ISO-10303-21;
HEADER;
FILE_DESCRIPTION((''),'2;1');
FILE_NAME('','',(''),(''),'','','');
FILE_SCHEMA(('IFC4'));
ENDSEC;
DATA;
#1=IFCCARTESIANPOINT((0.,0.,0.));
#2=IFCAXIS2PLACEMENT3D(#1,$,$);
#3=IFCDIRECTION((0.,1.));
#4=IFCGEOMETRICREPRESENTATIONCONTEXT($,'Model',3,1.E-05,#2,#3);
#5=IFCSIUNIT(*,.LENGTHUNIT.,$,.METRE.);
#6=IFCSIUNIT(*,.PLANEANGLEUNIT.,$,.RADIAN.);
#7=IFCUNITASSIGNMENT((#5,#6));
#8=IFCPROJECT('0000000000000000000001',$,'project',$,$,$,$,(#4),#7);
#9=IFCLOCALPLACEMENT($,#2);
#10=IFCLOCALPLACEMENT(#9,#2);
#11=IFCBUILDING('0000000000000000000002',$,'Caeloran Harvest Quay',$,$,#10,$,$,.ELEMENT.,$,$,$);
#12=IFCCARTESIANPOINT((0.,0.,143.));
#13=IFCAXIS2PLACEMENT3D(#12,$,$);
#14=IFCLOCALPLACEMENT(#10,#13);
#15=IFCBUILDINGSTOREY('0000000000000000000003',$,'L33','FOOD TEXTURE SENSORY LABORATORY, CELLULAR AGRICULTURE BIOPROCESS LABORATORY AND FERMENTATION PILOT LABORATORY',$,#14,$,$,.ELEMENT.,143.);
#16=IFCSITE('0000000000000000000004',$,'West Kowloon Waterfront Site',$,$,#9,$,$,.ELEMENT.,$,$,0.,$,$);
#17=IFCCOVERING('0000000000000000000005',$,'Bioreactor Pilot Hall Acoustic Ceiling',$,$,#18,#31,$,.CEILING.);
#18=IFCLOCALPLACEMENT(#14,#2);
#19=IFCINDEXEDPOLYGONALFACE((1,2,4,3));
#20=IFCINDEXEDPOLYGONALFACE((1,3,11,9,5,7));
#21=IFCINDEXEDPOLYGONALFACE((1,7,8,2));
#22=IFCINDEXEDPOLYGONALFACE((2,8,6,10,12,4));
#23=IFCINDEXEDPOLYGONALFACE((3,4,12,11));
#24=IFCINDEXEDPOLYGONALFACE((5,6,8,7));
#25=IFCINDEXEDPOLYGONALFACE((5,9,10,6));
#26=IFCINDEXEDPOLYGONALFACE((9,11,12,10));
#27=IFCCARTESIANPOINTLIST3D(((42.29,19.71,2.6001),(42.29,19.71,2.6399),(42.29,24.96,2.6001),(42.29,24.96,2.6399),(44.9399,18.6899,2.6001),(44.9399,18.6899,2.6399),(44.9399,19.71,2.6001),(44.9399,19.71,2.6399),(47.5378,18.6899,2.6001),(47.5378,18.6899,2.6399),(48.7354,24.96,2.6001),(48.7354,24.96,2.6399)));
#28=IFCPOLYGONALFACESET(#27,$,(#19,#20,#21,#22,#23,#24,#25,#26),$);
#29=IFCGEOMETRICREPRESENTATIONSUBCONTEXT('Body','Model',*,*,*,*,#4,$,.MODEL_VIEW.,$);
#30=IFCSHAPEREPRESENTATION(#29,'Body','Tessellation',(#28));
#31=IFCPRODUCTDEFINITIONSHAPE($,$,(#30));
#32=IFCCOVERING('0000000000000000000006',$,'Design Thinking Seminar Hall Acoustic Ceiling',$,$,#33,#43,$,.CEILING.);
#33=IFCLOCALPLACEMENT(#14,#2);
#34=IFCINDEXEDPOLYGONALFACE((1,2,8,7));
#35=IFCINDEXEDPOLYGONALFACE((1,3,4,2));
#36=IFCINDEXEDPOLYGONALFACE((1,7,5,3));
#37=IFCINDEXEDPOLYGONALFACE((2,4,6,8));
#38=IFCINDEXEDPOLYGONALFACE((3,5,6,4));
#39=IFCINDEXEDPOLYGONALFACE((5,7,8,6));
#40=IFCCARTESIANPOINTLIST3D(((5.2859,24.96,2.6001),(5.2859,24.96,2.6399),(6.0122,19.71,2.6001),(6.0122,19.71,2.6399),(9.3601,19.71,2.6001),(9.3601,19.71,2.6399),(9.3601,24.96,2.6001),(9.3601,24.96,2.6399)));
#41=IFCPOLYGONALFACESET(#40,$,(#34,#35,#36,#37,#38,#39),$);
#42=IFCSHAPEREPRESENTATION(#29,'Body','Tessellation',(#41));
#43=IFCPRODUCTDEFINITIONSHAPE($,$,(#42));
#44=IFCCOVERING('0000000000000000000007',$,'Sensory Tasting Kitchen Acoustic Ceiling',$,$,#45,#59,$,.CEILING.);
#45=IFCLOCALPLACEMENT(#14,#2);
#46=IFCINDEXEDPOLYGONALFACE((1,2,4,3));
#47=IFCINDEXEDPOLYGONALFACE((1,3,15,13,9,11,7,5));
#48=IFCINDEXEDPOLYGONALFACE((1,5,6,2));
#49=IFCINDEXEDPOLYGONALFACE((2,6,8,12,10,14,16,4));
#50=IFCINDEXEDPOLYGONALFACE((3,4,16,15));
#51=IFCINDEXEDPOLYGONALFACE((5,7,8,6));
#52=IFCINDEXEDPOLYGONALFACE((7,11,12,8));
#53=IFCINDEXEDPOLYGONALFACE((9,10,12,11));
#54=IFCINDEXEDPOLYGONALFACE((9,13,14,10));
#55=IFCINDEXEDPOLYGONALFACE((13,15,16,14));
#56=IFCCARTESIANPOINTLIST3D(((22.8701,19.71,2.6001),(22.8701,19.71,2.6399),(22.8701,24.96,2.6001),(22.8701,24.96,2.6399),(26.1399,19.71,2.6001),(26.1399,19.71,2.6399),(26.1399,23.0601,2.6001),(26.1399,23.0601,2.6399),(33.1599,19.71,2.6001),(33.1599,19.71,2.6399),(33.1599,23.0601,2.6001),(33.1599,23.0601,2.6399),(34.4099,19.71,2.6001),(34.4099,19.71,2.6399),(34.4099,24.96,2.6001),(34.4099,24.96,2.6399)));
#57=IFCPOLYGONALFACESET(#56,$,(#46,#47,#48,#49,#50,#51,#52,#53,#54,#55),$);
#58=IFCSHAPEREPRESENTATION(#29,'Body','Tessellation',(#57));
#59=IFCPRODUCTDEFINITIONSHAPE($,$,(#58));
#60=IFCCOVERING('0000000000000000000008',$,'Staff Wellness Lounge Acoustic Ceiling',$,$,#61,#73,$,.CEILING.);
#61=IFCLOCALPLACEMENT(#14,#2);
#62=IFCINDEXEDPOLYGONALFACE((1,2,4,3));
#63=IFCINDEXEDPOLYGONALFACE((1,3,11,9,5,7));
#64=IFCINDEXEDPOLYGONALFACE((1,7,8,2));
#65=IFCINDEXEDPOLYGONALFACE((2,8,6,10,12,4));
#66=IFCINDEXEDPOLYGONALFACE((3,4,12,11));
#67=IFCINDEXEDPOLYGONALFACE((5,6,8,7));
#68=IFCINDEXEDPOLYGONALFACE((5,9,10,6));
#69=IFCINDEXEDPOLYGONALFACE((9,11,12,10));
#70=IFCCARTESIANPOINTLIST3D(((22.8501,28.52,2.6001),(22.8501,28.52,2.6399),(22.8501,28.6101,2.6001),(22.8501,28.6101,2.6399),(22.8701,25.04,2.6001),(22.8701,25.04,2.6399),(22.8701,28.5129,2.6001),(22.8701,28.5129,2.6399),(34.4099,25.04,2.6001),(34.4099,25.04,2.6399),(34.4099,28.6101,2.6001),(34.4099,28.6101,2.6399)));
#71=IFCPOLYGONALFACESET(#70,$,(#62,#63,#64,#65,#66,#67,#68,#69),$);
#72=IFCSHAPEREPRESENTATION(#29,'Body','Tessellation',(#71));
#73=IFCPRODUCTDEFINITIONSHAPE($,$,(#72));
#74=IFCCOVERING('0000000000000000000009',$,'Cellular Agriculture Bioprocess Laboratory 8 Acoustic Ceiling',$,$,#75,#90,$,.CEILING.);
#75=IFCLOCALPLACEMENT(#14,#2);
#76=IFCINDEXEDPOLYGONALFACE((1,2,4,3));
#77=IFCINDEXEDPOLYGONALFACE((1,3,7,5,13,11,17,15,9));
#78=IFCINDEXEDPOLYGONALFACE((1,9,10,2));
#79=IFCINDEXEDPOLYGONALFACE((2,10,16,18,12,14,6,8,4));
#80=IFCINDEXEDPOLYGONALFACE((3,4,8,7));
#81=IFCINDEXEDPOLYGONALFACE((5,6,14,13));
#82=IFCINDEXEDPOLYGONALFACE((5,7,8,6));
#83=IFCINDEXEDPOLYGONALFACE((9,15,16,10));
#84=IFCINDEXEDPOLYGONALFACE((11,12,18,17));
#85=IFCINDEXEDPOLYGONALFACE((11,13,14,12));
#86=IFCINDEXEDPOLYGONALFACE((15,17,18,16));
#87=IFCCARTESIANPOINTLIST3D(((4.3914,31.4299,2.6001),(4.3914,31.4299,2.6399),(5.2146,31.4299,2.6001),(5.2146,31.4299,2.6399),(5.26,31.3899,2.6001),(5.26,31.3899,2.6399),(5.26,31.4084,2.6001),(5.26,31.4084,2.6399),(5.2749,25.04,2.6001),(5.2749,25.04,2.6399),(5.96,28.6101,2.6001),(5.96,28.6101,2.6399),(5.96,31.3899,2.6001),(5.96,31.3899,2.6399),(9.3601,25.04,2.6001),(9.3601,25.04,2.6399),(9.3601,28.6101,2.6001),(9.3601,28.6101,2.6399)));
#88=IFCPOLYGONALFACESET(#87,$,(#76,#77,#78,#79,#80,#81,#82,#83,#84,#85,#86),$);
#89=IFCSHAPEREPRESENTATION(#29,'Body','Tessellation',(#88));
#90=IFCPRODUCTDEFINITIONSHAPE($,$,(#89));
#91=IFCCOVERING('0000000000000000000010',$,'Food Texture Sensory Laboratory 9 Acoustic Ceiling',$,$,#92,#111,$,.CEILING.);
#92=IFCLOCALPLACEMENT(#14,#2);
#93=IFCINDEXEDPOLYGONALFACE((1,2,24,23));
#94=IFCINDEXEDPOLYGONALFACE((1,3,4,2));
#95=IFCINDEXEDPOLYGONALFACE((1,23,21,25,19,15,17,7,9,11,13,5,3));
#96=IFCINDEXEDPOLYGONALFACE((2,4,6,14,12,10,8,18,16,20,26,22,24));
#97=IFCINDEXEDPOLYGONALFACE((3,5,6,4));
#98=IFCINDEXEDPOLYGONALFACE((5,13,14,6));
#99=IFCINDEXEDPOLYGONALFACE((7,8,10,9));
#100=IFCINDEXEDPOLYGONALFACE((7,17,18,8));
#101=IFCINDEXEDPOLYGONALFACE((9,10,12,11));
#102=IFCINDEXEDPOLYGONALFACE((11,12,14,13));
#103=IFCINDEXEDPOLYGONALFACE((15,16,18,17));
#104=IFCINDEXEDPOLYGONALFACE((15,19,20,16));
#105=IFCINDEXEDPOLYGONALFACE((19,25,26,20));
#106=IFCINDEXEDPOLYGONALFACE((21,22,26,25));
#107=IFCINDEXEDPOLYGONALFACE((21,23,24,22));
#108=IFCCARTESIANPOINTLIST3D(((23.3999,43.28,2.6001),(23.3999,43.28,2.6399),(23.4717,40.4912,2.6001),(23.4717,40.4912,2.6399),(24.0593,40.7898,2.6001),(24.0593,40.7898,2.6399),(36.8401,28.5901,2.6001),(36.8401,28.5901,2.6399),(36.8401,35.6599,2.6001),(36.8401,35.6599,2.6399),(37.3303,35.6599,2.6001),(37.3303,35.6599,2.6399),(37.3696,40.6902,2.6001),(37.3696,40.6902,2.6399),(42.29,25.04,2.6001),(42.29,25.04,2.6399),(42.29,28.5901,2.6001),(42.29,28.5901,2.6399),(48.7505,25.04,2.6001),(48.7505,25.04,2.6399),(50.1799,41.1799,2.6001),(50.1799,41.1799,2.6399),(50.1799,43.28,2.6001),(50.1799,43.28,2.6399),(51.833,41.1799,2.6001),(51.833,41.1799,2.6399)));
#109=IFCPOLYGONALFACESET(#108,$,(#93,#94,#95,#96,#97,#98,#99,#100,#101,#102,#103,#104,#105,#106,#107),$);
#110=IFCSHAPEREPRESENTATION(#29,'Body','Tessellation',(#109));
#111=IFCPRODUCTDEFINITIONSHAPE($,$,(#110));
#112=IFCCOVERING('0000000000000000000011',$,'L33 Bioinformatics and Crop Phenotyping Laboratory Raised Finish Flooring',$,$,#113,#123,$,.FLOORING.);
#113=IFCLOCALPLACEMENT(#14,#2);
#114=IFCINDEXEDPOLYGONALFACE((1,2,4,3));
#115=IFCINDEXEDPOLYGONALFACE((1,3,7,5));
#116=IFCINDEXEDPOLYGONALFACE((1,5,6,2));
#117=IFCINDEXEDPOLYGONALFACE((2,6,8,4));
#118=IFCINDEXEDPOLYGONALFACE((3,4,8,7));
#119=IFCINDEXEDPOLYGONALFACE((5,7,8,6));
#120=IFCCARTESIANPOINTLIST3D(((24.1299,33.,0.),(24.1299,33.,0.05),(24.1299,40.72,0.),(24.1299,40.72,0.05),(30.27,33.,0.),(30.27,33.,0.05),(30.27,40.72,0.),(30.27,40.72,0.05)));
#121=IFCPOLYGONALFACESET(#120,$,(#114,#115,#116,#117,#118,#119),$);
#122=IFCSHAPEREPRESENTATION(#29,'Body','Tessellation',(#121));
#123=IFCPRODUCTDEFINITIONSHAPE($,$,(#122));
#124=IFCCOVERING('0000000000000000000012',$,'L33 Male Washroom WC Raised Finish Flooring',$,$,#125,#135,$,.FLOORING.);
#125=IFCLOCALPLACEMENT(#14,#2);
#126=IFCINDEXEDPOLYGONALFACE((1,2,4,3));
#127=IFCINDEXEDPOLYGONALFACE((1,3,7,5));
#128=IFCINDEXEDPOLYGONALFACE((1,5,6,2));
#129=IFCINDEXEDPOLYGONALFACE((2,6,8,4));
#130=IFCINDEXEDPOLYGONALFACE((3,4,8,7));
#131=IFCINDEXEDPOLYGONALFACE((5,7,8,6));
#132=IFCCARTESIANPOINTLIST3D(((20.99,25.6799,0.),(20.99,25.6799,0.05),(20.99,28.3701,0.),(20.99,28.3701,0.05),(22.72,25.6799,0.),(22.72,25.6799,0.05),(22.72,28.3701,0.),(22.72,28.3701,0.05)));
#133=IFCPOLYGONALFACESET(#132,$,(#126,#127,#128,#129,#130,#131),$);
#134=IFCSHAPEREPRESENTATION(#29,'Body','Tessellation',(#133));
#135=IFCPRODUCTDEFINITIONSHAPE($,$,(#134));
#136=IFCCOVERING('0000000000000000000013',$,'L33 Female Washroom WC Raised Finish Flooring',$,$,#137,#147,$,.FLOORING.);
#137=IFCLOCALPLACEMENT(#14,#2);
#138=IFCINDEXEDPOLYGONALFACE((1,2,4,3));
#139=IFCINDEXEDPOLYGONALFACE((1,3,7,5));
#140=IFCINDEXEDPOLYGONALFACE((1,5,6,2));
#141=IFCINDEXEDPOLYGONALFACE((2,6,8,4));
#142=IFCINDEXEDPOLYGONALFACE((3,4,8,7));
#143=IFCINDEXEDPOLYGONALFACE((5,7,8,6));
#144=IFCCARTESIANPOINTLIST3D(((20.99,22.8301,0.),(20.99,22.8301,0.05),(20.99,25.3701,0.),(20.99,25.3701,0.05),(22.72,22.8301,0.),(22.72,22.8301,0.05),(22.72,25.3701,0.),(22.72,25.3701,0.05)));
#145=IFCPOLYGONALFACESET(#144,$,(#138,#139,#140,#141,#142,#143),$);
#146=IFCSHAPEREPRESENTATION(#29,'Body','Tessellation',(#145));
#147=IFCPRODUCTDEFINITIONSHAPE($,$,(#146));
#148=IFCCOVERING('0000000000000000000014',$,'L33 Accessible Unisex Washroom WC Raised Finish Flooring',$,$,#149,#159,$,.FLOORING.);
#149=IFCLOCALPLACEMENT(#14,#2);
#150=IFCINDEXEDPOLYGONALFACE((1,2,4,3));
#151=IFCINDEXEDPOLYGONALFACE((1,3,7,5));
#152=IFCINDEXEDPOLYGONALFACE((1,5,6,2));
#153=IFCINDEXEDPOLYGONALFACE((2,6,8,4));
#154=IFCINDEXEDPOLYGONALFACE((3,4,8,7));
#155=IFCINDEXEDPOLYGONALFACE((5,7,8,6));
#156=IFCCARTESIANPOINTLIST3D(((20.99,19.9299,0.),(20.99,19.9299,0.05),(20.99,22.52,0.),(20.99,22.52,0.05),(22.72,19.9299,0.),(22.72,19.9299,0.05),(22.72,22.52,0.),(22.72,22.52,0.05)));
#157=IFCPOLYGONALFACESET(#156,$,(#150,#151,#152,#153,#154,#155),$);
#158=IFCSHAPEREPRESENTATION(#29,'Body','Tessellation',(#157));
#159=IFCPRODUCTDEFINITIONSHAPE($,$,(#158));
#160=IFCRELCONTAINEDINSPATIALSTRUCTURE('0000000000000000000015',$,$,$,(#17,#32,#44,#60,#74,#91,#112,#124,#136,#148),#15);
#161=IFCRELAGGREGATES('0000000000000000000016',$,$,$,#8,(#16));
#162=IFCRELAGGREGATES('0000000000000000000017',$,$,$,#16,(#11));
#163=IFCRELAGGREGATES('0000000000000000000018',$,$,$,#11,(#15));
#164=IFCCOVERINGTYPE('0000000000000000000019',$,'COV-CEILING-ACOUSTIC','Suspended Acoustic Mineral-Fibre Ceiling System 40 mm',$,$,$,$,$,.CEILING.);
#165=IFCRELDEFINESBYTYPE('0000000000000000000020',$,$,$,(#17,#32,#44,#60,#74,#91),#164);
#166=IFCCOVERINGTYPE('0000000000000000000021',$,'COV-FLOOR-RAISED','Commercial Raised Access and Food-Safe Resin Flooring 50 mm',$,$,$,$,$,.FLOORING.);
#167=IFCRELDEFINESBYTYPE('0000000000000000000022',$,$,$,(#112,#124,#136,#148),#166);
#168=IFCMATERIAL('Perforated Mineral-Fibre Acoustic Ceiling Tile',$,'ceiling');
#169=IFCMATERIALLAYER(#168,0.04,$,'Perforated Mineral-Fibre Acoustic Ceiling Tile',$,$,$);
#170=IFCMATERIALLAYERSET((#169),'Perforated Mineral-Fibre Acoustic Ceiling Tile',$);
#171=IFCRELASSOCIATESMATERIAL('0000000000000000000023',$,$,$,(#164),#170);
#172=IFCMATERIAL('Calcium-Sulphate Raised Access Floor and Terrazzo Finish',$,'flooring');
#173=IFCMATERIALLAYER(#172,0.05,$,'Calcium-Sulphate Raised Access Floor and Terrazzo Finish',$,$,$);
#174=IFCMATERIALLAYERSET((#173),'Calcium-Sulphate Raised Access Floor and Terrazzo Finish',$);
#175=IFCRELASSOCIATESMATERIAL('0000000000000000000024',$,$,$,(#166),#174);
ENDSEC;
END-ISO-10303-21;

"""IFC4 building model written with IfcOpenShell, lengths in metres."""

from ifc_helpers import new_model, si_unit, direction, frame, origin, place, context, subcontext, project, spatial, polyline, outline, extrude, material, layer, layer_set, type_object, element, save


model = new_model("IFC4")

# Units and contexts
model_context = context("Model", 3, precision=1e-05, world=origin(), true_north=direction((0.0, 1.0)))
body_context = subcontext(model_context, "Body", "Model", "MODEL_VIEW")
ifc_project = project(units=[si_unit("LENGTHUNIT", "METRE"), si_unit("PLANEANGLEUNIT", "RADIAN")], contexts=[model_context])

# Site, building, storey
site_placement = place(None, origin())
site = spatial("IfcSite", under=ifc_project, at=site_placement, Name="West Kowloon Waterfront Site", CompositionType="ELEMENT", RefElevation=0.0)
building_placement = place(site_placement, origin())
building = spatial("IfcBuilding", under=site, at=building_placement, Name="Caeloran Harvest Quay", CompositionType="ELEMENT")
storey_placement = place(building_placement, frame((0.0, 0.0, 143.0)))
storey = spatial("IfcBuildingStorey", under=building, at=storey_placement, Name="L33", Description="FOOD TEXTURE SENSORY LABORATORY, CELLULAR AGRICULTURE BIOPROCESS LABORATORY AND FERMENTATION PILOT LABORATORY", CompositionType="ELEMENT", Elevation=143.0)

# Coverings
ifc_material_1 = material(Name="Perforated Mineral-Fibre Acoustic Ceiling Tile", Category="ceiling")
ifc_layer_1 = layer(ifc_material_1, 0.04, Name="Perforated Mineral-Fibre Acoustic Ceiling Tile")
ifc_layer_set_1 = layer_set([ifc_layer_1], Name="Perforated Mineral-Fibre Acoustic Ceiling Tile")
covering_type_1 = type_object("IfcCoveringType", Name="COV-CEILING-ACOUSTIC", Description="Suspended Acoustic Mineral-Fibre Ceiling System 40 mm", PredefinedType="CEILING", material=ifc_layer_set_1)
covering_1_placement = place(storey_placement, frame((0.0, 0.0, 2.6001)))
element("IfcCovering", 1, at=covering_1_placement, inside=storey, type_object=covering_type_1, Name="Bioreactor Pilot Hall Acoustic Ceiling", PredefinedType="CEILING", context=body_context, shape_type="SweptSolid", body=[
    extrude(outline(polyline([(44.9399, 19.71), (42.29, 19.71), (42.29, 24.96), (48.7354, 24.96), (47.5378, 18.6899), (44.9399, 18.6899), (44.9399, 19.71)])), origin(), (0.0, 0.0, 1.0), 0.0398),
])
covering_2_placement = place(storey_placement, frame((0.0, 0.0, 2.6001)))
element("IfcCovering", 2, at=covering_2_placement, inside=storey, type_object=covering_type_1, Name="Design Thinking Seminar Hall Acoustic Ceiling", PredefinedType="CEILING", context=body_context, shape_type="SweptSolid", body=[
    extrude(outline(polyline([(9.3601, 19.71), (6.0122, 19.71), (5.2859, 24.96), (9.3601, 24.96), (9.3601, 19.71)])), origin(), (0.0, 0.0, 1.0), 0.0398),
])
covering_3_placement = place(storey_placement, frame((0.0, 0.0, 2.6001)))
element("IfcCovering", 3, at=covering_3_placement, inside=storey, type_object=covering_type_1, Name="Sensory Tasting Kitchen Acoustic Ceiling", PredefinedType="CEILING", context=body_context, shape_type="SweptSolid", body=[
    extrude(outline(polyline([(26.1399, 23.0601), (26.1399, 19.71), (22.8701, 19.71), (22.8701, 24.96), (34.4099, 24.96), (34.4099, 19.71), (33.1599, 19.71), (33.1599, 23.0601), (26.1399, 23.0601)])), origin(), (0.0, 0.0, 1.0), 0.0398),
])
covering_4_placement = place(storey_placement, frame((0.0, 0.0, 2.6001)))
element("IfcCovering", 4, at=covering_4_placement, inside=storey, type_object=covering_type_1, Name="Staff Wellness Lounge Acoustic Ceiling", PredefinedType="CEILING", context=body_context, shape_type="SweptSolid", body=[
    extrude(outline(polyline([(22.8701, 28.5129), (22.8501, 28.52), (22.8501, 28.6101), (34.4099, 28.6101), (34.4099, 25.04), (22.8701, 25.04), (22.8701, 28.5129)])), origin(), (0.0, 0.0, 1.0), 0.0398),
])
covering_5_placement = place(storey_placement, frame((0.0, 0.0, 2.6001)))
element("IfcCovering", 5, at=covering_5_placement, inside=storey, type_object=covering_type_1, Name="Cellular Agriculture Bioprocess Laboratory 8 Acoustic Ceiling", PredefinedType="CEILING", context=body_context, shape_type="SweptSolid", body=[
    extrude(outline(polyline([(5.26, 31.3899), (5.96, 31.3899), (5.96, 28.6101), (9.3601, 28.6101), (9.3601, 25.04), (5.2749, 25.04), (4.3914, 31.4299), (5.2146, 31.4299), (5.26, 31.4084), (5.26, 31.3899)])), origin(), (0.0, 0.0, 1.0), 0.0398),
])
covering_6_placement = place(storey_placement, frame((0.0, 0.0, 2.6001)))
element("IfcCovering", 6, at=covering_6_placement, inside=storey, type_object=covering_type_1, Name="Food Texture Sensory Laboratory 9 Acoustic Ceiling", PredefinedType="CEILING", context=body_context, shape_type="SweptSolid", body=[
    extrude(outline(polyline([(48.7505, 25.04), (42.29, 25.04), (42.29, 28.5901), (36.8401, 28.5901), (36.8401, 35.6599), (37.3303, 35.6599), (37.3696, 40.6902), (24.0593, 40.7898), (23.4717, 40.4912), (23.3999, 43.28), (50.1799, 43.28), (50.1799, 41.1799), (51.833, 41.1799), (48.7505, 25.04)])), origin(), (0.0, 0.0, 1.0), 0.0398),
])
ifc_material_2 = material(Name="Calcium-Sulphate Raised Access Floor and Terrazzo Finish", Category="flooring")
ifc_layer_2 = layer(ifc_material_2, 0.05, Name="Calcium-Sulphate Raised Access Floor and Terrazzo Finish")
ifc_layer_set_2 = layer_set([ifc_layer_2], Name="Calcium-Sulphate Raised Access Floor and Terrazzo Finish")
covering_type_2 = type_object("IfcCoveringType", Name="COV-FLOOR-RAISED", Description="Commercial Raised Access and Food-Safe Resin Flooring 50 mm", PredefinedType="FLOORING", material=ifc_layer_set_2)
covering_7_placement = place(storey_placement, origin())
element("IfcCovering", 7, at=covering_7_placement, inside=storey, type_object=covering_type_2, Name="L33 Bioinformatics and Crop Phenotyping Laboratory Raised Finish Flooring", PredefinedType="FLOORING", context=body_context, shape_type="SweptSolid", body=[
    extrude(outline(polyline([(30.27, 40.72), (30.27, 33.0), (24.1299, 33.0), (24.1299, 40.72), (30.27, 40.72)])), origin(), (0.0, 0.0, 1.0), 0.05),
])
covering_8_placement = place(storey_placement, origin())
element("IfcCovering", 8, at=covering_8_placement, inside=storey, type_object=covering_type_2, Name="L33 Male Washroom WC Raised Finish Flooring", PredefinedType="FLOORING", context=body_context, shape_type="SweptSolid", body=[
    extrude(outline(polyline([(22.72, 25.6799), (20.99, 25.6799), (20.99, 28.3701), (22.72, 28.3701), (22.72, 25.6799)])), origin(), (0.0, 0.0, 1.0), 0.05),
])
covering_9_placement = place(storey_placement, origin())
element("IfcCovering", 9, at=covering_9_placement, inside=storey, type_object=covering_type_2, Name="L33 Female Washroom WC Raised Finish Flooring", PredefinedType="FLOORING", context=body_context, shape_type="SweptSolid", body=[
    extrude(outline(polyline([(22.72, 22.8301), (20.99, 22.8301), (20.99, 25.3701), (22.72, 25.3701), (22.72, 22.8301)])), origin(), (0.0, 0.0, 1.0), 0.05),
])
covering_10_placement = place(storey_placement, origin())
element("IfcCovering", 10, at=covering_10_placement, inside=storey, type_object=covering_type_2, Name="L33 Accessible Unisex Washroom WC Raised Finish Flooring", PredefinedType="FLOORING", context=body_context, shape_type="SweptSolid", body=[
    extrude(outline(polyline([(22.72, 19.9299), (20.99, 19.9299), (20.99, 22.52), (22.72, 22.52), (22.72, 19.9299)])), origin(), (0.0, 0.0, 1.0), 0.05),
])

save(model, "model.ifc")
